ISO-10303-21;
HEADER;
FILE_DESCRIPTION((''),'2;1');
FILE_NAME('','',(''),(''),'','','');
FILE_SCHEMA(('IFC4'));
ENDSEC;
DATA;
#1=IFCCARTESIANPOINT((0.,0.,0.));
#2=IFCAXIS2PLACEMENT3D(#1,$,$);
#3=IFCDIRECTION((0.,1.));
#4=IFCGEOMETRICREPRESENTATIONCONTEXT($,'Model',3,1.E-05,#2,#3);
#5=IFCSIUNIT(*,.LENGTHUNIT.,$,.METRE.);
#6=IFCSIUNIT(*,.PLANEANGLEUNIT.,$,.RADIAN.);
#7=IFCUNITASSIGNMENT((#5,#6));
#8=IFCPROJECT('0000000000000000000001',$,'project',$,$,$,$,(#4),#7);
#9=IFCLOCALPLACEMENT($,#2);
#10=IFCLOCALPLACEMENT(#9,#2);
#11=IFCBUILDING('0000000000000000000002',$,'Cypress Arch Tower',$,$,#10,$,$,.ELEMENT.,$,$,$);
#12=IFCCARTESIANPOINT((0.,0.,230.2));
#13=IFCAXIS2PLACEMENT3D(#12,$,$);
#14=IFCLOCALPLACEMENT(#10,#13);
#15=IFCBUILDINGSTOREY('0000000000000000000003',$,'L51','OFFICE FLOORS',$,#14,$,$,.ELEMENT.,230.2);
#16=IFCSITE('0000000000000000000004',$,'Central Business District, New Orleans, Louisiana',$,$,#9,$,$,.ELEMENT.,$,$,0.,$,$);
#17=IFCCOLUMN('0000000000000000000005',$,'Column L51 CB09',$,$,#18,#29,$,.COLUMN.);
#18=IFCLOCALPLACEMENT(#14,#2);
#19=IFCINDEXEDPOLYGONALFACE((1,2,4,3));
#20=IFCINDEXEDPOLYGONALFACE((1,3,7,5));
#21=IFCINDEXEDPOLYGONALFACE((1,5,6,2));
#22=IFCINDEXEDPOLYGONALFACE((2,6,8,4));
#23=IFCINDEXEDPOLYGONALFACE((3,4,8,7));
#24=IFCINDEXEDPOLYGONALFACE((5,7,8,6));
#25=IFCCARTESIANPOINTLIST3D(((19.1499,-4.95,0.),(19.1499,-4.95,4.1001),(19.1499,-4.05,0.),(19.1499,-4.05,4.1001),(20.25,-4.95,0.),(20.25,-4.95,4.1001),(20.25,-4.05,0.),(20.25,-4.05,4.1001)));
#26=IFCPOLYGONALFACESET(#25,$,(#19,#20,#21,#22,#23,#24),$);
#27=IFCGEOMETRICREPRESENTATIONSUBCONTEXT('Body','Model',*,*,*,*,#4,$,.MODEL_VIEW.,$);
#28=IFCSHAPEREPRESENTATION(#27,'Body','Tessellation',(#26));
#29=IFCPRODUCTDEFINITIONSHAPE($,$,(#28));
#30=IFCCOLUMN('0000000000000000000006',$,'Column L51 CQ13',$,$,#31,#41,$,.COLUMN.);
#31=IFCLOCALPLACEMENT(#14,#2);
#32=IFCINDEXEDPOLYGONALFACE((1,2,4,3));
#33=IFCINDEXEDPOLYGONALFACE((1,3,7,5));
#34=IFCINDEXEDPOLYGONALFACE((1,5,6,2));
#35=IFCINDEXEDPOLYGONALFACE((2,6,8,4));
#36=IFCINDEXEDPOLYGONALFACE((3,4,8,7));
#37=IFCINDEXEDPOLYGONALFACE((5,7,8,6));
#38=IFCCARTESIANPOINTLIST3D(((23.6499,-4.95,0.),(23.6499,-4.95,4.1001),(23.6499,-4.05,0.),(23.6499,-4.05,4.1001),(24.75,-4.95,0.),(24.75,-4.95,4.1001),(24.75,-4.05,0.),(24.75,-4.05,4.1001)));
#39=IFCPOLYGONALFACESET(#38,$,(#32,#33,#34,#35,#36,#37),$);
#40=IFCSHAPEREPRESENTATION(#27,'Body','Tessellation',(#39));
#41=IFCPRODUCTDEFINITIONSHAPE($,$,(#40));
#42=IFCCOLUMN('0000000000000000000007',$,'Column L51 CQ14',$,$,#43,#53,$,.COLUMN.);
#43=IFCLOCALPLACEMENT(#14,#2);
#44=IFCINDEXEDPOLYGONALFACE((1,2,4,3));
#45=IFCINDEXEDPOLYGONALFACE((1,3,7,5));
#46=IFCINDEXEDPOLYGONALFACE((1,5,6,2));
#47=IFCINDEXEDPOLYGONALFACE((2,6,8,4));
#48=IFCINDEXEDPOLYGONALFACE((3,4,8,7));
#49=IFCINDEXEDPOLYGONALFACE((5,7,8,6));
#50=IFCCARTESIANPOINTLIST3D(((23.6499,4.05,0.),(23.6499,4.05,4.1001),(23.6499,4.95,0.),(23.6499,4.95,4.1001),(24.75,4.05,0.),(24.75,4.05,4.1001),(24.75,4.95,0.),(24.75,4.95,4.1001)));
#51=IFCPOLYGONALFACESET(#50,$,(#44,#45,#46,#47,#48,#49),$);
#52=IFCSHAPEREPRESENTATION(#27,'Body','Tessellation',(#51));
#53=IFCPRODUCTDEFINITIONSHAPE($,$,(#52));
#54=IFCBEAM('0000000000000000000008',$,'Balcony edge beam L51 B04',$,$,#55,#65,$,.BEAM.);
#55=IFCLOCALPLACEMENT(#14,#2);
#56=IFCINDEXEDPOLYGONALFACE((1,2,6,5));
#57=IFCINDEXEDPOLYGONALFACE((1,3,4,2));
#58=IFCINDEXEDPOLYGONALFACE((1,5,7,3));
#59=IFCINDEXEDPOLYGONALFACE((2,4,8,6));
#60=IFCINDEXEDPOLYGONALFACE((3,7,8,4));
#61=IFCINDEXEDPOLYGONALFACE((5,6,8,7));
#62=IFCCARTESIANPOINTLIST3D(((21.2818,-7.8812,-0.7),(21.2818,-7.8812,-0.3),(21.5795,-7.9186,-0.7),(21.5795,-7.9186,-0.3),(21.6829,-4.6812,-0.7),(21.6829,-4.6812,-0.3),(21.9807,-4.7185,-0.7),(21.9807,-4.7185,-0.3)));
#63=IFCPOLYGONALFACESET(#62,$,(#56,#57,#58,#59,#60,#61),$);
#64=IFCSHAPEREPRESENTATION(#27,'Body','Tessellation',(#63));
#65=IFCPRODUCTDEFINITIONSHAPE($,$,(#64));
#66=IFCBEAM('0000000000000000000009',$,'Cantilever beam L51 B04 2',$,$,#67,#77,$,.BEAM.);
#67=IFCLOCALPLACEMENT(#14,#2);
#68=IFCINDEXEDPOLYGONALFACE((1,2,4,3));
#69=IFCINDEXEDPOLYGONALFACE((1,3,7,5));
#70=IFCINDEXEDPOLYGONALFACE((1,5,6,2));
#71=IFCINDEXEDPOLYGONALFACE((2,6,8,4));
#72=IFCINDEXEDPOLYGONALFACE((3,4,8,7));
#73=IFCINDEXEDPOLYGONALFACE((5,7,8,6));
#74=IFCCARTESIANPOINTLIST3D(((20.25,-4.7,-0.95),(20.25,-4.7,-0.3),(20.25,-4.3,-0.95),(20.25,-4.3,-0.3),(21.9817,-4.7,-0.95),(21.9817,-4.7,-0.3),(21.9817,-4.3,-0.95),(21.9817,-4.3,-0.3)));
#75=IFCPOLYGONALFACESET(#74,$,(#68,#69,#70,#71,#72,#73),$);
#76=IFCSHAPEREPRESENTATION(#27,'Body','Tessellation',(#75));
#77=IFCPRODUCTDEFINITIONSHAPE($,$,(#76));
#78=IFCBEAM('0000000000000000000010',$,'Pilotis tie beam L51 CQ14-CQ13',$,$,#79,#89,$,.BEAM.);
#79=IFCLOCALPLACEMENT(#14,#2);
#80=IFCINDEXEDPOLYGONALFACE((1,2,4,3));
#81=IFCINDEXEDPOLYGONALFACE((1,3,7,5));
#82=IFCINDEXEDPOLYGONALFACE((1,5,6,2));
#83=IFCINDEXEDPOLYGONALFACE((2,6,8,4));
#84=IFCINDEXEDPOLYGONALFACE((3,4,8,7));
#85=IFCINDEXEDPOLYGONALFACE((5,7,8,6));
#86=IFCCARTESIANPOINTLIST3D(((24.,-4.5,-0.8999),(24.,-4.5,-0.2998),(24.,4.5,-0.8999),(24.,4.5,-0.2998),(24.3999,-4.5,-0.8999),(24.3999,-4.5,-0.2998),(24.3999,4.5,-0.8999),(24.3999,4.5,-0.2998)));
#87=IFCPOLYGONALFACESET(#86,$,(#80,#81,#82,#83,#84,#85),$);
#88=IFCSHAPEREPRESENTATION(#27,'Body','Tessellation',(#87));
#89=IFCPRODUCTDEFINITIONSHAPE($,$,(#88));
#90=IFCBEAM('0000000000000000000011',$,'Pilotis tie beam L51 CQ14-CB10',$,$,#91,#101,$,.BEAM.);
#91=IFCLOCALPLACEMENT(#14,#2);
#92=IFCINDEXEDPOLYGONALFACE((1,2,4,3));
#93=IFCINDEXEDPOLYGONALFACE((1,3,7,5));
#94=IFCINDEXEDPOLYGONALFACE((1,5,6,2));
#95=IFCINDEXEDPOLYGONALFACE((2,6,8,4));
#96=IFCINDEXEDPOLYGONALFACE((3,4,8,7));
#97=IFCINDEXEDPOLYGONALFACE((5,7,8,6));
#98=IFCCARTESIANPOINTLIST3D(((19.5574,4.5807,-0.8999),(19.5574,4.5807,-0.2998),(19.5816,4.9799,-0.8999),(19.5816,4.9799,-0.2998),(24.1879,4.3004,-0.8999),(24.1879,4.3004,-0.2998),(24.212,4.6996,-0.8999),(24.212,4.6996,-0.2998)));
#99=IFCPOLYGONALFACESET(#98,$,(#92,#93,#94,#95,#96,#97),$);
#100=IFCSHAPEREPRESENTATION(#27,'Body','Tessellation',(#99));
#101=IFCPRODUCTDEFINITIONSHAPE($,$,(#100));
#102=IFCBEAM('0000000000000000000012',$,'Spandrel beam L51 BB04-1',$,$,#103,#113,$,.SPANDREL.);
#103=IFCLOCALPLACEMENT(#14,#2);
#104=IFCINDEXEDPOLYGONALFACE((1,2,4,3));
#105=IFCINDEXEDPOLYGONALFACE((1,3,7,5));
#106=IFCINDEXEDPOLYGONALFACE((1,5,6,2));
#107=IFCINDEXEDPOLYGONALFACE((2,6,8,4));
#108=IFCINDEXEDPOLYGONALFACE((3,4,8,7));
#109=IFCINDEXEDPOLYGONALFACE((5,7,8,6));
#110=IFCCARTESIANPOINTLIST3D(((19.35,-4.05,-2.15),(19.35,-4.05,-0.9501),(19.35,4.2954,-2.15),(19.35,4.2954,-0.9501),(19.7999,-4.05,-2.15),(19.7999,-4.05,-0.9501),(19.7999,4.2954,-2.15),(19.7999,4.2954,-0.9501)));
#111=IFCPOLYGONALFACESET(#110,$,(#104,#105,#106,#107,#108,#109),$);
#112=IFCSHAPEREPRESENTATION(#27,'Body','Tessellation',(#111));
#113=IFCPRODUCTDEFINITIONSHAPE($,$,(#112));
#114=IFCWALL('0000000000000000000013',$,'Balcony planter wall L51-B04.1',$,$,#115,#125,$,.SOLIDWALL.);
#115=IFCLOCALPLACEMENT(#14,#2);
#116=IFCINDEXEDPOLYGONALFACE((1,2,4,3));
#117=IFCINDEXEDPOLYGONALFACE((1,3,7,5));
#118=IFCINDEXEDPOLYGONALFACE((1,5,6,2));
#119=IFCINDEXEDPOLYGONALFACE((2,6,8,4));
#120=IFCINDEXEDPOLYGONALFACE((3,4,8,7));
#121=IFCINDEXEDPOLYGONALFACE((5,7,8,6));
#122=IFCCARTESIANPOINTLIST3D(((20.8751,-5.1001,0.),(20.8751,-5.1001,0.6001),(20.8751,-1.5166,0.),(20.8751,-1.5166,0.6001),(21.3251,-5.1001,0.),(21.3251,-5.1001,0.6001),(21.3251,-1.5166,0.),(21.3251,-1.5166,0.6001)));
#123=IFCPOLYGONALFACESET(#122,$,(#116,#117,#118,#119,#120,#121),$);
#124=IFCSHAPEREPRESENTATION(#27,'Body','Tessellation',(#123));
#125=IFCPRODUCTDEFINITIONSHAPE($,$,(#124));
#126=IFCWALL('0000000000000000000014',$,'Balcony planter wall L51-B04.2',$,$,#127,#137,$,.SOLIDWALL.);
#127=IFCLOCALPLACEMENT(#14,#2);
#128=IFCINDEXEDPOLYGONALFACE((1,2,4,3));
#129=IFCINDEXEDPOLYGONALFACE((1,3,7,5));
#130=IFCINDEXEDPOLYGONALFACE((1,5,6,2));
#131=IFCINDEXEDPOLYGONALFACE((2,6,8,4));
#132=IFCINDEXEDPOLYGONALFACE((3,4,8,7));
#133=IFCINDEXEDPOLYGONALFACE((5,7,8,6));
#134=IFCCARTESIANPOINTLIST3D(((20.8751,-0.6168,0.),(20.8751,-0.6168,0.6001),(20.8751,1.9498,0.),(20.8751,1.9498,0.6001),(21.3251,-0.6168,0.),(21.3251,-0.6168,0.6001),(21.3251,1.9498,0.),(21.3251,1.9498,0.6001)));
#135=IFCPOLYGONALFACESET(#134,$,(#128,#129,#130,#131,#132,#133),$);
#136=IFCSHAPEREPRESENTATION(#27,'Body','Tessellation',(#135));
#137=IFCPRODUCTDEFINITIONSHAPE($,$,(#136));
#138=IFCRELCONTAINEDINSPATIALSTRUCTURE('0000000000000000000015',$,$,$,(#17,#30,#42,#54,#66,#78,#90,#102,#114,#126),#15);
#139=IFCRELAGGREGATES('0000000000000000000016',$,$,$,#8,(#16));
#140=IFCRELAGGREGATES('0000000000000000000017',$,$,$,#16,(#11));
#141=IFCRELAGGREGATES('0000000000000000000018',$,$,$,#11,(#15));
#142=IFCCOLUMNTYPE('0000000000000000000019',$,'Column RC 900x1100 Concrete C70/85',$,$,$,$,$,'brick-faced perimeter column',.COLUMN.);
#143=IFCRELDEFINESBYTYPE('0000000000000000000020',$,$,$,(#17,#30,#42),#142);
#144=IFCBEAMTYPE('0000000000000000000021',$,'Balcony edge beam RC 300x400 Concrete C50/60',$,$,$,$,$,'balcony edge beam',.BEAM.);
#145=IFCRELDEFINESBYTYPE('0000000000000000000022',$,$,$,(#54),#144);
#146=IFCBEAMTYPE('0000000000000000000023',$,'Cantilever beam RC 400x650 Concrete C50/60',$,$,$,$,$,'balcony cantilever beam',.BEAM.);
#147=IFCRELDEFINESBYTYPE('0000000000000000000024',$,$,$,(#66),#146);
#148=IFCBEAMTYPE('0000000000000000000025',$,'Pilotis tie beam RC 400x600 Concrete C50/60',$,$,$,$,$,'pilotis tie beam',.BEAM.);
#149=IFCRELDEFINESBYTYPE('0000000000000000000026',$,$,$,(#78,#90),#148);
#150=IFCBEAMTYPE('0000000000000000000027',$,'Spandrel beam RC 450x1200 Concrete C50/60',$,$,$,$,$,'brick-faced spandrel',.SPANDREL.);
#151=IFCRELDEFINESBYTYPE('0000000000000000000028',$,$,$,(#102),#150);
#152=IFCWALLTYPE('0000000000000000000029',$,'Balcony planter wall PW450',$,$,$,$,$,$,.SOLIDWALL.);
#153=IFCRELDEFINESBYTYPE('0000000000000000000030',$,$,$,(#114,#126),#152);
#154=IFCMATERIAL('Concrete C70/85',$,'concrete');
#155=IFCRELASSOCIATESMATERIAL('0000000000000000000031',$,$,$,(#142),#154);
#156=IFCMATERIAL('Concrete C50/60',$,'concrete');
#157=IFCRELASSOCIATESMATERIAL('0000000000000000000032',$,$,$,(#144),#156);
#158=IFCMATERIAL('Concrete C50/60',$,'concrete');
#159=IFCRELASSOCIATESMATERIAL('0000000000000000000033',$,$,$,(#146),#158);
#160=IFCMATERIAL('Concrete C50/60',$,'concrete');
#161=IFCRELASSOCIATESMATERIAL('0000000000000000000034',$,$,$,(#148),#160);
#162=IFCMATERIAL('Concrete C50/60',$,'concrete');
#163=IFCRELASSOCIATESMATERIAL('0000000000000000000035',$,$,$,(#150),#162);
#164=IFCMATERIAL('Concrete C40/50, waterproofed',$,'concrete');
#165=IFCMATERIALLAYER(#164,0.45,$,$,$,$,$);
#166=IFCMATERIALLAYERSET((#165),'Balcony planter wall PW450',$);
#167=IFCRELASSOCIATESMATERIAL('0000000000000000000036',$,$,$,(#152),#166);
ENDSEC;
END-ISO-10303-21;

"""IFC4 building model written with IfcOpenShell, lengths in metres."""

from ifc_helpers import new_model, si_unit, direction, frame, frame_2d, origin, origin_2d, place, context, subcontext, project, spatial, rectangle, extrude, material, layer, layer_set, material_profile, profile_set, type_object, element, save


model = new_model("IFC4")

# Units and contexts
model_context = context("Model", 3, precision=1e-05, world=origin(), true_north=direction((0.0, 1.0)))
body_context = subcontext(model_context, "Body", "Model", "MODEL_VIEW")
ifc_project = project(units=[si_unit("LENGTHUNIT", "METRE"), si_unit("PLANEANGLEUNIT", "RADIAN")], contexts=[model_context])

# Site, building, storey
site_placement = place(None, origin())
site = spatial("IfcSite", under=ifc_project, at=site_placement, Name="Central Business District, New Orleans, Louisiana", CompositionType="ELEMENT", RefElevation=0.0)
building_placement = place(site_placement, origin())
building = spatial("IfcBuilding", under=site, at=building_placement, Name="Cypress Arch Tower", CompositionType="ELEMENT")
storey_placement = place(building_placement, frame((0.0, 0.0, 230.2)))
storey = spatial("IfcBuildingStorey", under=building, at=storey_placement, Name="L51", Description="OFFICE FLOORS", CompositionType="ELEMENT", Elevation=230.2)

# Columns
ifc_material_1 = material(Name="Concrete C70/85", Category="concrete")
ifc_material_profile_1 = material_profile(ifc_material_1, rectangle(XDim=0.8999, YDim=1.1001, at=origin_2d()), Name="RC 900x1100")
ifc_profile_set_1 = profile_set([ifc_material_profile_1], Name="Concrete C70/85")
column_type = type_object("IfcColumnType", Name="Column RC 900x1100 Concrete C70/85", ElementType="brick-faced perimeter column", PredefinedType="COLUMN", material=ifc_profile_set_1)
for number, where, z_axis, x_axis, name in (
    (1, (19.7, -4.5, 0.0), (0.0, 0.0, 1.0), (0.0, 1.0, 0.0), "Column L51 CB09"),
    (2, (24.2, -4.5, 0.0), (0.0, 0.0, 1.0), (0.0, 1.0, 0.0), "Column L51 CQ13"),
    (3, (24.2, 4.5, 0.0), (0.0, 0.0, 1.0), (0.0, 1.0, 0.0), "Column L51 CQ14"),
):
    element("IfcColumn", number, at=place(storey_placement, frame(where, z_axis=z_axis, x_axis=x_axis)), inside=storey, type_object=column_type, Name=name, PredefinedType="COLUMN", context=body_context, shape_type="SweptSolid", body=[
        extrude(rectangle(XDim=0.8999, YDim=1.1001, at=origin_2d()), origin(), (0.0, 0.0, 1.0), 4.1001),
    ])

# Beams
ifc_material_2 = material(Name="Concrete C50/60", Category="concrete")
ifc_material_profile_2 = material_profile(ifc_material_2, rectangle(XDim=0.3, YDim=0.3999, at=origin_2d()), Name="RC 300x400")
ifc_profile_set_2 = profile_set([ifc_material_profile_2], Name="Concrete C50/60")
beam_type_1 = type_object("IfcBeamType", Name="Balcony edge beam RC 300x400 Concrete C50/60", ElementType="balcony edge beam", PredefinedType="BEAM", material=ifc_profile_set_2)
beam_1_placement = place(storey_placement, frame((21.4307, -7.8999, -0.5), z_axis=(0.124379, 0.992235, 0.0), x_axis=(-0.992235, 0.124379, 0.0)))
element("IfcBeam", 4, at=beam_1_placement, inside=storey, type_object=beam_type_1, Name="Balcony edge beam L51 B04", PredefinedType="BEAM", context=body_context, shape_type="SweptSolid", body=[
    extrude(rectangle(XDim=0.3, YDim=0.3999, at=origin_2d()), origin(), (0.0, 0.0, 1.0), 3.2251),
])
ifc_material_3 = material(Name="Concrete C50/60", Category="concrete")
ifc_material_profile_3 = material_profile(ifc_material_3, rectangle(XDim=0.3999, YDim=0.6499, at=origin_2d()), Name="RC 400x650")
ifc_profile_set_3 = profile_set([ifc_material_profile_3], Name="Concrete C50/60")
beam_type_2 = type_object("IfcBeamType", Name="Cantilever beam RC 400x650 Concrete C50/60", ElementType="balcony cantilever beam", PredefinedType="BEAM", material=ifc_profile_set_3)
beam_2_placement = place(storey_placement, frame((20.25, -4.5, -0.625), z_axis=(1.0, 0.0, 0.0), x_axis=(0.0, 1.0, 0.0)))
element("IfcBeam", 5, at=beam_2_placement, inside=storey, type_object=beam_type_2, Name="Cantilever beam L51 B04 2", PredefinedType="BEAM", context=body_context, shape_type="SweptSolid", body=[
    extrude(rectangle(XDim=0.3999, YDim=0.6499, at=origin_2d()), origin(), (0.0, 0.0, 1.0), 1.7317),
])
ifc_material_4 = material(Name="Concrete C50/60", Category="concrete")
ifc_material_profile_4 = material_profile(ifc_material_4, rectangle(XDim=0.3999, YDim=0.6001, at=origin_2d()), Name="RC 400x600")
ifc_profile_set_4 = profile_set([ifc_material_profile_4], Name="Concrete C50/60")
beam_type_3 = type_object("IfcBeamType", Name="Pilotis tie beam RC 400x600 Concrete C50/60", ElementType="pilotis tie beam", PredefinedType="BEAM", material=ifc_profile_set_4)
beam_3_placement = place(storey_placement, frame((24.2, 4.5, -0.5999), z_axis=(0.0, -1.0, 0.0), x_axis=(1.0, 0.0, 0.0)))
element("IfcBeam", 6, at=beam_3_placement, inside=storey, type_object=beam_type_3, Name="Pilotis tie beam L51 CQ14-CQ13", PredefinedType="BEAM", context=body_context, shape_type="SweptSolid", body=[
    extrude(rectangle(XDim=0.3999, YDim=0.6001, at=origin_2d()), origin(), (0.0, 0.0, 1.0), 9.0),
])
beam_4_placement = place(storey_placement, frame((24.2, 4.5, -0.5999), z_axis=(-0.998173, 0.060419, 0.0), x_axis=(-0.060419, -0.998173, 0.0)))
element("IfcBeam", 7, at=beam_4_placement, inside=storey, type_object=beam_type_3, Name="Pilotis tie beam L51 CQ14-CB10", PredefinedType="BEAM", context=body_context, shape_type="SweptSolid", body=[
    extrude(rectangle(XDim=0.3999, YDim=0.6001, at=origin_2d()), origin(), (0.0, 0.0, 1.0), 4.6389),
])
ifc_material_5 = material(Name="Concrete C50/60", Category="concrete")
ifc_material_profile_5 = material_profile(ifc_material_5, rectangle(XDim=0.45, YDim=1.2, at=origin_2d()), Name="RC 450x1200")
ifc_profile_set_5 = profile_set([ifc_material_profile_5], Name="Concrete C50/60")
beam_type_4 = type_object("IfcBeamType", Name="Spandrel beam RC 450x1200 Concrete C50/60", ElementType="brick-faced spandrel", PredefinedType="SPANDREL", material=ifc_profile_set_5)
beam_5_placement = place(storey_placement, frame((19.575, -4.05, -1.55), z_axis=(0.0, 1.0, 0.0), x_axis=(-1.0, 0.0, 0.0)))
element("IfcBeam", 8, at=beam_5_placement, inside=storey, type_object=beam_type_4, Name="Spandrel beam L51 BB04-1", PredefinedType="SPANDREL", context=body_context, shape_type="SweptSolid", body=[
    extrude(rectangle(XDim=0.45, YDim=1.2, at=origin_2d()), origin(), (0.0, 0.0, 1.0), 8.3455),
])

# Walls
ifc_material_6 = material(Name="Concrete C40/50, waterproofed", Category="concrete")
ifc_layer_1 = layer(ifc_material_6, 0.45)
ifc_layer_set_1 = layer_set([ifc_layer_1], Name="Balcony planter wall PW450")
wall_type_1 = type_object("IfcWallType", Name="Balcony planter wall PW450", PredefinedType="SOLIDWALL", material=ifc_layer_set_1)
wall_1_placement = place(storey_placement, frame((21.1001, -5.1001, 0.0), z_axis=(0.0, 0.0, 1.0), x_axis=(0.0, 1.0, 0.0)))
element("IfcWall", 9, at=wall_1_placement, inside=storey, type_object=wall_type_1, Name="Balcony planter wall L51-B04.1", PredefinedType="SOLIDWALL", context=body_context, shape_type="SweptSolid", body=[
    extrude(rectangle(XDim=3.5835, YDim=0.45, at=frame_2d((1.7917, 0.0))), origin(), (0.0, 0.0, 1.0), 0.6001),
])
wall_2_placement = place(storey_placement, frame((21.1001, -0.6167, 0.0), z_axis=(0.0, 0.0, 1.0), x_axis=(0.0, 1.0, 0.0)))
element("IfcWall", 10, at=wall_2_placement, inside=storey, type_object=wall_type_1, Name="Balcony planter wall L51-B04.2", PredefinedType="SOLIDWALL", context=body_context, shape_type="SweptSolid", body=[
    extrude(rectangle(XDim=2.5667, YDim=0.45, at=frame_2d((1.2832, 0.0))), origin(), (0.0, 0.0, 1.0), 0.6001),
])

save(model, "model.ifc")
